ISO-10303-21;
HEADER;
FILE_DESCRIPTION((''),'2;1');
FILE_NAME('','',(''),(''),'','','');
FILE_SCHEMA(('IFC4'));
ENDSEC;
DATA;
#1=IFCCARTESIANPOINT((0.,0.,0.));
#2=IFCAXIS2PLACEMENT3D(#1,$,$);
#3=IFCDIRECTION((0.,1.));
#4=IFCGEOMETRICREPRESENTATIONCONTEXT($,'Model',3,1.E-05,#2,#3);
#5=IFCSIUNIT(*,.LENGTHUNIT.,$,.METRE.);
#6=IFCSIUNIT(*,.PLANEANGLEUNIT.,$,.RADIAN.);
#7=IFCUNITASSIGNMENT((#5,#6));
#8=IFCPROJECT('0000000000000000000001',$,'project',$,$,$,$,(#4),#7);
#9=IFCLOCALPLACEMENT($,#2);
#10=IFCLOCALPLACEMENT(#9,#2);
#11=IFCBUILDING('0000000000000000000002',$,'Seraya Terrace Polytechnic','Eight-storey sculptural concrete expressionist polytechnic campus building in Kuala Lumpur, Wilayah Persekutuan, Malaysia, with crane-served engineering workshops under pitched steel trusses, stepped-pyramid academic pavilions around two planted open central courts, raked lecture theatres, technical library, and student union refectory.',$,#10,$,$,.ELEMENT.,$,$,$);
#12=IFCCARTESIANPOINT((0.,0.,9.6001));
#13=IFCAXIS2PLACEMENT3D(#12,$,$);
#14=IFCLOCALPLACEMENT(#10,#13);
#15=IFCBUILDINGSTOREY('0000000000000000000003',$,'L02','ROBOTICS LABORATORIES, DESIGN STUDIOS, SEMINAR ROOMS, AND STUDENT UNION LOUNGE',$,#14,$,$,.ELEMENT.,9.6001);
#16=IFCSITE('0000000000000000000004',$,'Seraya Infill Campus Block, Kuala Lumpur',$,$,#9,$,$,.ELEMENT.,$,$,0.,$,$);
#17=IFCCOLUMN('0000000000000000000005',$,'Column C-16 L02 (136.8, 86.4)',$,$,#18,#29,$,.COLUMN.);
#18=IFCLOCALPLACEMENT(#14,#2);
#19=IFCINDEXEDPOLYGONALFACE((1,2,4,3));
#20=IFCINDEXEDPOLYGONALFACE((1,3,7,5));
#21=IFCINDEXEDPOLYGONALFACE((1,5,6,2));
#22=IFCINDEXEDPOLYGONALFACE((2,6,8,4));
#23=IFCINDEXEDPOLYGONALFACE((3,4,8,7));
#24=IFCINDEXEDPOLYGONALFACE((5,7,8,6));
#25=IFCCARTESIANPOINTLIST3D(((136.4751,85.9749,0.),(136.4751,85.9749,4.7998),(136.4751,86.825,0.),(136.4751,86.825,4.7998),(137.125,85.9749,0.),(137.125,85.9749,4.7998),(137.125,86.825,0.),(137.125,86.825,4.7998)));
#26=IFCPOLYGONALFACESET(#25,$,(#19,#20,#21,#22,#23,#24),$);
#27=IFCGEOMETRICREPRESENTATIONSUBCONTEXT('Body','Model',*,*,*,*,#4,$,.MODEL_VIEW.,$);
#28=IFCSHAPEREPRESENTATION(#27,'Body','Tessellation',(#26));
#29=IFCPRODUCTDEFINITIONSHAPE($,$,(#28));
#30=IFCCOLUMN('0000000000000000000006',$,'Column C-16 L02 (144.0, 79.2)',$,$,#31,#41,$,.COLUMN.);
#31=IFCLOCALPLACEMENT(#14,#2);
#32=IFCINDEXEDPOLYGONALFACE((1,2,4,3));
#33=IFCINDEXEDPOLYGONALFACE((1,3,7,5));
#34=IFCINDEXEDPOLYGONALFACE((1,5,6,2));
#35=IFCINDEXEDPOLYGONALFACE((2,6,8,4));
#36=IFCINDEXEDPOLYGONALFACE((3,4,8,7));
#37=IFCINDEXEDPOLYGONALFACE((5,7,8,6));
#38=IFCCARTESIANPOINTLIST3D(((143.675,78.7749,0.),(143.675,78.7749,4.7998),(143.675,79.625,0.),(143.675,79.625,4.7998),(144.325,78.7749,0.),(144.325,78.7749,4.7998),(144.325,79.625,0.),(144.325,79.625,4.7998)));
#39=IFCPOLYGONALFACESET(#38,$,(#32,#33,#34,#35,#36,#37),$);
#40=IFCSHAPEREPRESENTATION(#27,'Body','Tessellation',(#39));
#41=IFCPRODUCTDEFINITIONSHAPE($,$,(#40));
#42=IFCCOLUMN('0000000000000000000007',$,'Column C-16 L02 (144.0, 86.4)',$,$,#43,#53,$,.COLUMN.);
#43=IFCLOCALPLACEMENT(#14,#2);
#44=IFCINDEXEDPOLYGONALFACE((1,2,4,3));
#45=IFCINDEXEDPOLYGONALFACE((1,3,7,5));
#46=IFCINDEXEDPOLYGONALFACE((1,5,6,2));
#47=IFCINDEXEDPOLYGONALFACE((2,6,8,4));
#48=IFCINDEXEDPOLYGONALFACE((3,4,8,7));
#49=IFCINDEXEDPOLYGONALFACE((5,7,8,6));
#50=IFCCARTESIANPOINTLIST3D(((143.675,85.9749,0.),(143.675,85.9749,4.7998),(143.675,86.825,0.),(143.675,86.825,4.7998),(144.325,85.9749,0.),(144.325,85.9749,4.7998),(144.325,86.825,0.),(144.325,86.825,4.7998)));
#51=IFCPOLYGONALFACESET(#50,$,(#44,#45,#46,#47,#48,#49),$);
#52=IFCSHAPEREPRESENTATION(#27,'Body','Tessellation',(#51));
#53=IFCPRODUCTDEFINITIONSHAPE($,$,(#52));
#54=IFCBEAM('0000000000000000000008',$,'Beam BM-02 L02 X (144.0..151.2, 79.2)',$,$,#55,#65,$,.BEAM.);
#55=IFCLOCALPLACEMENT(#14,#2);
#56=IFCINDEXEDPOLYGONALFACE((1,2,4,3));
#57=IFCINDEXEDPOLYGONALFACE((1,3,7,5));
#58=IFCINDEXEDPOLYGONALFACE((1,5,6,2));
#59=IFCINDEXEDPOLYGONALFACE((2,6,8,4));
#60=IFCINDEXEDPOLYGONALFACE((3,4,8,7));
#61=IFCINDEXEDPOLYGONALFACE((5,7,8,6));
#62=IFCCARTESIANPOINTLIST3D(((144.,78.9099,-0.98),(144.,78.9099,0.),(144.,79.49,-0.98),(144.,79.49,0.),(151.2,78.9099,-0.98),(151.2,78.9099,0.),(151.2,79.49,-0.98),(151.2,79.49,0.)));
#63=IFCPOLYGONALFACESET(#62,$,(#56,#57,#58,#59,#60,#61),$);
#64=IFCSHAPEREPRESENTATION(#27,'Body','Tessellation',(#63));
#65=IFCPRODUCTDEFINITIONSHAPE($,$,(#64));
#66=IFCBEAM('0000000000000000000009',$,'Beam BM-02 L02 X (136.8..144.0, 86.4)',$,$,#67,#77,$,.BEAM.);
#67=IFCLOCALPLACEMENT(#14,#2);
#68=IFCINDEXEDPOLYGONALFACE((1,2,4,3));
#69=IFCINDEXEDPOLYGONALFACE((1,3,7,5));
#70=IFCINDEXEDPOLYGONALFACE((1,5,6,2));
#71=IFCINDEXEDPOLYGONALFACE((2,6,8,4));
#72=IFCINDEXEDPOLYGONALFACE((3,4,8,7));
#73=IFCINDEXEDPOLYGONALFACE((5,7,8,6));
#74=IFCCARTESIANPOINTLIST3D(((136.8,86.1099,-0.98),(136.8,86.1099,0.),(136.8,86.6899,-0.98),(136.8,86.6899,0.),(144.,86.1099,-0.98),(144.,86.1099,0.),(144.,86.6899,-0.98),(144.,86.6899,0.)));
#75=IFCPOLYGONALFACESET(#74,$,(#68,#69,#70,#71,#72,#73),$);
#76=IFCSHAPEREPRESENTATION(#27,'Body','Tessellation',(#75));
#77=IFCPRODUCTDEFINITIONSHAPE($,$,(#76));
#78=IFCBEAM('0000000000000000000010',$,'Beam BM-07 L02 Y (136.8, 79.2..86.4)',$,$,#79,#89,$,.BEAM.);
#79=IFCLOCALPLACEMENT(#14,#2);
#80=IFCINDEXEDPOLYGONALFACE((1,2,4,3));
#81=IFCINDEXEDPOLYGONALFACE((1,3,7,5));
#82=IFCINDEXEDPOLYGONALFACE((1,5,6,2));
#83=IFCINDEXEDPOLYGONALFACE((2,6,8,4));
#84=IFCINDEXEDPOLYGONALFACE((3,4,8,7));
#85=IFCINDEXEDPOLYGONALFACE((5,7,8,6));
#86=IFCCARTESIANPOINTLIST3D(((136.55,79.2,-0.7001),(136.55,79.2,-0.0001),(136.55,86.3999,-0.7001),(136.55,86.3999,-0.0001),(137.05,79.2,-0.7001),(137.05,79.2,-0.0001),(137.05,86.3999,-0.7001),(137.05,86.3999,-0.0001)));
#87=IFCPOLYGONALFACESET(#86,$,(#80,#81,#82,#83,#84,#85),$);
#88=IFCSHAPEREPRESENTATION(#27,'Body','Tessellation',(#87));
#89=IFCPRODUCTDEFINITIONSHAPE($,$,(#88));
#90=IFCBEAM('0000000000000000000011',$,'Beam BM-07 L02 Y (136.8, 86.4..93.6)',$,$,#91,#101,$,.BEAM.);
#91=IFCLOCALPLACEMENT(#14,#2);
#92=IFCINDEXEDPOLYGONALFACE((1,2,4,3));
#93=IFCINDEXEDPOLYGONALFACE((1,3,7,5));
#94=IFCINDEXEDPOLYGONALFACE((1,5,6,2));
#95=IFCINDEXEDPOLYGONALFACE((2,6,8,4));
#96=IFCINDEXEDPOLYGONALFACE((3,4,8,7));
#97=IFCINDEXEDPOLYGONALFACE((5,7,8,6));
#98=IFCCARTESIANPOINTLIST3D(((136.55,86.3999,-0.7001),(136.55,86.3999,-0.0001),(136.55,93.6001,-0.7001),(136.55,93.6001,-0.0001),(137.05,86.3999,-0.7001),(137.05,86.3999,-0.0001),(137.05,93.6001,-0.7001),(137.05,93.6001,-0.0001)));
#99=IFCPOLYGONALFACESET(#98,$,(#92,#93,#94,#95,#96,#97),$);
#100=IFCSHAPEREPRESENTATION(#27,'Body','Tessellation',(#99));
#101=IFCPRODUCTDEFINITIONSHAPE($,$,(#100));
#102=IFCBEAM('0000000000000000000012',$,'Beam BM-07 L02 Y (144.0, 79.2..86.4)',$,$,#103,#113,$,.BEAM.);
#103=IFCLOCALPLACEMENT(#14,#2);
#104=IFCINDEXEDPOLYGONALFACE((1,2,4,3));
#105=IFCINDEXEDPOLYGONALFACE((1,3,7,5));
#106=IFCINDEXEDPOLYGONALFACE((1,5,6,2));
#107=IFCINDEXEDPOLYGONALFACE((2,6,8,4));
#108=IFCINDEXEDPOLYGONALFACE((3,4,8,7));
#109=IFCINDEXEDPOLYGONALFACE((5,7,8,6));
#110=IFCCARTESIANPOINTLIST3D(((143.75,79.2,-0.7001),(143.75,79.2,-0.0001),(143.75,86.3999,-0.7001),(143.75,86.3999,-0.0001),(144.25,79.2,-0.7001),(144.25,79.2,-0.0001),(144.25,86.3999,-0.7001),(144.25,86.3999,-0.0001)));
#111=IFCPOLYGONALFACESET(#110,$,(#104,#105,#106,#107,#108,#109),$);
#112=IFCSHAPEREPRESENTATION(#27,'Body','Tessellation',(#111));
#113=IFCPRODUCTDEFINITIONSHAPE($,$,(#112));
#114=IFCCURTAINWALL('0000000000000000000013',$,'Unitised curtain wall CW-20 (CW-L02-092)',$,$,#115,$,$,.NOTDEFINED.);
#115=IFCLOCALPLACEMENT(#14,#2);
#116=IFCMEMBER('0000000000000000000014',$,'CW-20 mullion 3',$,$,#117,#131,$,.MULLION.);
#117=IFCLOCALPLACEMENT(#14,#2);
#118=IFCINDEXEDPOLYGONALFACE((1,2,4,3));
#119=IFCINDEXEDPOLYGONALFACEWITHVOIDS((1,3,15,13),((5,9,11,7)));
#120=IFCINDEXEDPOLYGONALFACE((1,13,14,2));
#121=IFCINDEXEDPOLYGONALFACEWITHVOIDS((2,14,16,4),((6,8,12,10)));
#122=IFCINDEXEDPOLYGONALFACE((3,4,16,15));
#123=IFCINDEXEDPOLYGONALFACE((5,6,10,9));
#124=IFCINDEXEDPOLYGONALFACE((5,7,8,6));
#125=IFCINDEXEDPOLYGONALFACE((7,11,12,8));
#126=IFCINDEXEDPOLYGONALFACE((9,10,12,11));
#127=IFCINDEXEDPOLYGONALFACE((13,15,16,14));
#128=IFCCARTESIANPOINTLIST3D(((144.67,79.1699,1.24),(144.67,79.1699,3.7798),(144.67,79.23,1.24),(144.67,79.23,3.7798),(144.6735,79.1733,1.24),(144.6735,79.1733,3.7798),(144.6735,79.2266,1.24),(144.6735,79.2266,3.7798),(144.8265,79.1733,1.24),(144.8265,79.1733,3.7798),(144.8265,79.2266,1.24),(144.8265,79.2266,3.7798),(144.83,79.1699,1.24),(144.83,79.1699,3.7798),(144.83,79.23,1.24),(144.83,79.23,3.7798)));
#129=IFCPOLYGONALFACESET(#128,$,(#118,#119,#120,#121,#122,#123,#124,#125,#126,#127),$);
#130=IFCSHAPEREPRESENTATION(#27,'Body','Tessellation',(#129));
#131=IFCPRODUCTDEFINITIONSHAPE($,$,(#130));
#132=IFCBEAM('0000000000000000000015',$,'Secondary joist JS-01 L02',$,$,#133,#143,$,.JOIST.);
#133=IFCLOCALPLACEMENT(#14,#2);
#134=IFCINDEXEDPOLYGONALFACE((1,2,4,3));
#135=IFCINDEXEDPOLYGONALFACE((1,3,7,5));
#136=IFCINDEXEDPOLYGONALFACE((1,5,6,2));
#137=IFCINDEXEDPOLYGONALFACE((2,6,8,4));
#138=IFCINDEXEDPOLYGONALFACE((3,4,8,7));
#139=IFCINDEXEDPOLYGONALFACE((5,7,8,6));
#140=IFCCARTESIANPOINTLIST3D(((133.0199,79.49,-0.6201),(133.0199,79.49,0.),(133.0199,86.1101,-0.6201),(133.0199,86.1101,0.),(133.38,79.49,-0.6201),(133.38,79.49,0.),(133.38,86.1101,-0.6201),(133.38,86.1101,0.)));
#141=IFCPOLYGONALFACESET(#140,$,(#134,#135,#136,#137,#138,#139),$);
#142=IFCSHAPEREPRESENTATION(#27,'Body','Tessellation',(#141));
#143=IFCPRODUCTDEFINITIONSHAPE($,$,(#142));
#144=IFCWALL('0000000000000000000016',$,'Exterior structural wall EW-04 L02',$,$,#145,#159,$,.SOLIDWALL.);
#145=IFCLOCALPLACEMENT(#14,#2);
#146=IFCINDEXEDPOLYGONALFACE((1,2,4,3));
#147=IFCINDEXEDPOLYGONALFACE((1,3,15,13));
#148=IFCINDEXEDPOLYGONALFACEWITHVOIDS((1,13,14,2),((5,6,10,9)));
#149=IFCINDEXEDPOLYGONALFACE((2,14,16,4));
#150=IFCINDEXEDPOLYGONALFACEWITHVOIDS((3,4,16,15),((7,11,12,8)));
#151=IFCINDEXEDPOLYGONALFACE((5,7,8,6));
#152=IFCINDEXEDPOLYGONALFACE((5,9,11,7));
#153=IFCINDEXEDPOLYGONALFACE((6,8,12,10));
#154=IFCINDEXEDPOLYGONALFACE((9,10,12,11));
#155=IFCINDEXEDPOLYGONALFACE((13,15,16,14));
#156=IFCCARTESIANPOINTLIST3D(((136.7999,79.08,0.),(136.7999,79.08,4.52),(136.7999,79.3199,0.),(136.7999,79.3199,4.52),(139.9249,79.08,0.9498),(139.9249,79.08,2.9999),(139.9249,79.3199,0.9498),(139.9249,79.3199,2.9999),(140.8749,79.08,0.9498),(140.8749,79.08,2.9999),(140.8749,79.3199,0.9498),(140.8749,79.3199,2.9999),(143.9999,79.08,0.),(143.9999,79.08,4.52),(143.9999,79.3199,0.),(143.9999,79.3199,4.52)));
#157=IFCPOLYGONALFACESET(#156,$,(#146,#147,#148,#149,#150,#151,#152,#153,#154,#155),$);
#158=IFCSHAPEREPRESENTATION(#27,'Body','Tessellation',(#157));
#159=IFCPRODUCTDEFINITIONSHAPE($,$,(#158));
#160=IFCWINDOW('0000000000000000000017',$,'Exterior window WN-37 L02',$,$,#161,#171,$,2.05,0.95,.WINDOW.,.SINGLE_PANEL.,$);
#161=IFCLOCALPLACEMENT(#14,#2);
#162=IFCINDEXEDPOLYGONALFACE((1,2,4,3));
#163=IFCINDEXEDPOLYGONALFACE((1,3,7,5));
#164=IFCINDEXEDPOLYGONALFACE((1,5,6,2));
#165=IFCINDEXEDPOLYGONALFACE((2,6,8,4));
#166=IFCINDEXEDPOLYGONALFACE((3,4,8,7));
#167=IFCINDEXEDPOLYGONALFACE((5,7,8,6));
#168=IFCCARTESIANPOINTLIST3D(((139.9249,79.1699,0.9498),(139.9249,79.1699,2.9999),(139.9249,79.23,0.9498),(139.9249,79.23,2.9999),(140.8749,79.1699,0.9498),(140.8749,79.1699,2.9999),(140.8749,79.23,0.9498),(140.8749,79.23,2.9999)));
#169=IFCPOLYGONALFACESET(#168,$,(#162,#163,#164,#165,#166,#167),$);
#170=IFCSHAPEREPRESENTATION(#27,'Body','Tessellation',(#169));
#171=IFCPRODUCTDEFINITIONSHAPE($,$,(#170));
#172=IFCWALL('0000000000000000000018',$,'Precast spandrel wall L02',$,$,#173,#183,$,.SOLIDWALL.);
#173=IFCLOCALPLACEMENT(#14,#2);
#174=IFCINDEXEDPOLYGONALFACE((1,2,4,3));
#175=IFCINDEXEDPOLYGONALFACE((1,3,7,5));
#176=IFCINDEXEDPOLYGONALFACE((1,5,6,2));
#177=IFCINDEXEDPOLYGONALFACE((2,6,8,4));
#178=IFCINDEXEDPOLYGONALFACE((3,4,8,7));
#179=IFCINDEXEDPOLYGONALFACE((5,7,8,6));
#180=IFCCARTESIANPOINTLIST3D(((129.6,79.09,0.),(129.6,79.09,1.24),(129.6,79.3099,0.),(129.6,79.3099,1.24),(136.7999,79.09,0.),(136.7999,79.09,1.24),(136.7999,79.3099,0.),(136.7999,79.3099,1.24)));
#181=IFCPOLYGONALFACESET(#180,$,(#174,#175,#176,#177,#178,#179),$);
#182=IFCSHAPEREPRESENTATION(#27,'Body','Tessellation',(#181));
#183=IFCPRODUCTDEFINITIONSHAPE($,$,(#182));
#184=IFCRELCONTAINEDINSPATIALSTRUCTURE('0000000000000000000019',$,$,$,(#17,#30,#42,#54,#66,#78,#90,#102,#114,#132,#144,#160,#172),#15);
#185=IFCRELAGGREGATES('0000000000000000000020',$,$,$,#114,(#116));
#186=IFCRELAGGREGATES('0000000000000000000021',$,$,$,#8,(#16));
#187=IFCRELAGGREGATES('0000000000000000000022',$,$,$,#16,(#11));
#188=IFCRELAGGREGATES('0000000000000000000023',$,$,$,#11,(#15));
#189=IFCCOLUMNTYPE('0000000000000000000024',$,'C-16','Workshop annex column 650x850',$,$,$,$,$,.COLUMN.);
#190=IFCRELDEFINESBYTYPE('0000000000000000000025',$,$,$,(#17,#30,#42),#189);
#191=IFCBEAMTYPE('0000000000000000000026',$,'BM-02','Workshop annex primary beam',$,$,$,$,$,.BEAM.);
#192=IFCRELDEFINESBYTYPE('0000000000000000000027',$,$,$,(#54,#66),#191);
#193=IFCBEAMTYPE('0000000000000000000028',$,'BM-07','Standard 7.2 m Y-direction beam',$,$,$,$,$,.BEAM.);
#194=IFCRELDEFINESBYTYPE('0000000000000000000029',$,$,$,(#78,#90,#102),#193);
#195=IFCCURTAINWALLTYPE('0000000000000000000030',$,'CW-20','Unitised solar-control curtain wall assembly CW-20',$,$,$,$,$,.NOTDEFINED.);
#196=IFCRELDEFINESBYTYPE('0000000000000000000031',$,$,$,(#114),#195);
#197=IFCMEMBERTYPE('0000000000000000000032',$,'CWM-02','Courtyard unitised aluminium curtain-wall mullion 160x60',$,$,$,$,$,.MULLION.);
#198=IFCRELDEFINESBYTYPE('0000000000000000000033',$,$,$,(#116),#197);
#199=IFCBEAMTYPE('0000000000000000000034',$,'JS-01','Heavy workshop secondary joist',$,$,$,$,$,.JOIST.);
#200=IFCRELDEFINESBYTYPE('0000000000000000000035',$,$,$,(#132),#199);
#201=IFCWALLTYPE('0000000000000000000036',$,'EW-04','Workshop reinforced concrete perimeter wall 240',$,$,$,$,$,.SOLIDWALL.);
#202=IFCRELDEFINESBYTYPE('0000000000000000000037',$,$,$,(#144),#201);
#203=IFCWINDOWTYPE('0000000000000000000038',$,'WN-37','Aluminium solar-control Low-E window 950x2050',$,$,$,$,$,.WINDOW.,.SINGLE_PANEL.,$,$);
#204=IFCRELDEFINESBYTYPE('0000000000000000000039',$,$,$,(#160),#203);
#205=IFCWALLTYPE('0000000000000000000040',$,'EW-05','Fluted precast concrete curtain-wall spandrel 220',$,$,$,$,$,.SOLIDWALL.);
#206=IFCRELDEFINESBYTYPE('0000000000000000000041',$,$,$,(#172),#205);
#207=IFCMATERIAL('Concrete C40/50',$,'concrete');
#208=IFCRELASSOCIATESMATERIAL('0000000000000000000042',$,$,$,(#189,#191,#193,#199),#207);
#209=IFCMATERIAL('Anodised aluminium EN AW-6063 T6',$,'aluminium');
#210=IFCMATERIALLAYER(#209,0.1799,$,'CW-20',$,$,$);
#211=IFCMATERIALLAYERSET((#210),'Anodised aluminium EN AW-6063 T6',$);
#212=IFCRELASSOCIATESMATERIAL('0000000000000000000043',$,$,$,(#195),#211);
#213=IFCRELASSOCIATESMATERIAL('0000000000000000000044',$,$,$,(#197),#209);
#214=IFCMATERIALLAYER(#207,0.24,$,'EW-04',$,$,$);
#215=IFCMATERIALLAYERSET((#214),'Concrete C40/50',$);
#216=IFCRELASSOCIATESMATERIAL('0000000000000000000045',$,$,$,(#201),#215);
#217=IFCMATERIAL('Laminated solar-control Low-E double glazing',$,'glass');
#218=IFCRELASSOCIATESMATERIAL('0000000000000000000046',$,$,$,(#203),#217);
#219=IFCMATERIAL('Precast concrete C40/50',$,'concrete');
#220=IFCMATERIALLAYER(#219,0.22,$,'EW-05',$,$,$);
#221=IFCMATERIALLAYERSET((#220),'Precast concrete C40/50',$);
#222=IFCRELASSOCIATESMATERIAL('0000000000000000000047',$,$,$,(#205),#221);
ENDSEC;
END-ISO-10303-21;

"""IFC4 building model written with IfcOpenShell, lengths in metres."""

from ifc_helpers import new_model, si_unit, direction, frame, frame_2d, origin, origin_2d, place, context, subcontext, project, spatial, rectangle, hollow_rectangle, extrude, material, layer, layer_set, material_profile, profile_set, type_object, element, fill, aggregate, save


model = new_model("IFC4")

# Units and contexts
model_context = context("Model", 3, precision=1e-05, world=origin(), true_north=direction((0.0, 1.0)))
body_context = subcontext(model_context, "Body", "Model", "MODEL_VIEW")
ifc_project = project(units=[si_unit("LENGTHUNIT", "METRE"), si_unit("PLANEANGLEUNIT", "RADIAN")], contexts=[model_context])

# Site, building, storey
site_placement = place(None, origin())
site = spatial("IfcSite", under=ifc_project, at=site_placement, Name="Seraya Infill Campus Block, Kuala Lumpur", CompositionType="ELEMENT", RefElevation=0.0)
building_placement = place(site_placement, origin())
building = spatial("IfcBuilding", under=site, at=building_placement, Name="Seraya Terrace Polytechnic", Description="Eight-storey sculptural concrete expressionist polytechnic campus building in Kuala Lumpur, Wilayah Persekutuan, Malaysia, with crane-served engineering workshops under pitched steel trusses, stepped-pyramid academic pavilions around two planted open central courts, raked lecture theatres, technical library, and student union refectory.", CompositionType="ELEMENT")
storey_placement = place(building_placement, frame((0.0, 0.0, 9.6001)))
storey = spatial("IfcBuildingStorey", under=building, at=storey_placement, Name="L02", Description="ROBOTICS LABORATORIES, DESIGN STUDIOS, SEMINAR ROOMS, AND STUDENT UNION LOUNGE", CompositionType="ELEMENT", Elevation=9.6001)

# Columns
ifc_material_1 = material(Name="Concrete C40/50", Category="concrete")
ifc_material_profile_1 = material_profile(ifc_material_1, rectangle(XDim=0.6499, YDim=0.8501, at=origin_2d()), Name="RC 650x850")
ifc_profile_set_1 = profile_set([ifc_material_profile_1], Name="Concrete C40/50")
column_type = type_object("IfcColumnType", Name="C-16", Description="Workshop annex column 650x850", PredefinedType="COLUMN", material=ifc_profile_set_1)
for number, where, z_axis, x_axis, name in (
    (1, (136.8, 86.3999, 0.0), (0.0, 0.0, 1.0), (1.0, 0.0, 0.0), "Column C-16 L02 (136.8, 86.4)"),
    (2, (144.0, 79.2, 0.0), (0.0, 0.0, 1.0), (1.0, 0.0, 0.0), "Column C-16 L02 (144.0, 79.2)"),
    (3, (144.0, 86.3999, 0.0), (0.0, 0.0, 1.0), (1.0, 0.0, 0.0), "Column C-16 L02 (144.0, 86.4)"),
):
    element("IfcColumn", number, at=place(storey_placement, frame(where, z_axis=z_axis, x_axis=x_axis)), inside=storey, type_object=column_type, Name=name, PredefinedType="COLUMN", context=body_context, shape_type="SweptSolid", body=[
        extrude(rectangle(XDim=0.6499, YDim=0.8501, at=origin_2d()), origin(), (0.0, 0.0, 1.0), 4.7998),
    ])

# Beams
ifc_material_profile_2 = material_profile(ifc_material_1, rectangle(XDim=0.5801, YDim=0.98, at=origin_2d()), Name="RC 580x980")
ifc_profile_set_2 = profile_set([ifc_material_profile_2], Name="Concrete C40/50")
beam_type_1 = type_object("IfcBeamType", Name="BM-02", Description="Workshop annex primary beam", PredefinedType="BEAM", material=ifc_profile_set_2)
for number, where, z_axis, x_axis, name in (
    (4, (144.0, 79.2, -0.49), (1.0, 0.0, 0.0), (0.0, 1.0, 0.0), "Beam BM-02 L02 X (144.0..151.2, 79.2)"),
    (5, (136.8, 86.3999, -0.49), (1.0, 0.0, 0.0), (0.0, 1.0, 0.0), "Beam BM-02 L02 X (136.8..144.0, 86.4)"),
):
    element("IfcBeam", number, at=place(storey_placement, frame(where, z_axis=z_axis, x_axis=x_axis)), inside=storey, type_object=beam_type_1, Name=name, PredefinedType="BEAM", context=body_context, shape_type="SweptSolid", body=[
        extrude(rectangle(XDim=0.5801, YDim=0.98, at=origin_2d()), origin(), (0.0, 0.0, 1.0), 7.2),
    ])
ifc_material_profile_3 = material_profile(ifc_material_1, rectangle(XDim=0.5, YDim=0.7, at=origin_2d()), Name="RC 500x700")
ifc_profile_set_3 = profile_set([ifc_material_profile_3], Name="Concrete C40/50")
beam_type_2 = type_object("IfcBeamType", Name="BM-07", Description="Standard 7.2 m Y-direction beam", PredefinedType="BEAM", material=ifc_profile_set_3)
beam_1_placement = place(storey_placement, frame((136.8, 79.2, -0.3501), z_axis=(0.0, 1.0, 0.0), x_axis=(-1.0, 0.0, 0.0)))
element("IfcBeam", 6, at=beam_1_placement, inside=storey, type_object=beam_type_2, Name="Beam BM-07 L02 Y (136.8, 79.2..86.4)", PredefinedType="BEAM", context=body_context, shape_type="SweptSolid", body=[
    extrude(rectangle(XDim=0.5, YDim=0.7, at=origin_2d()), origin(), (0.0, 0.0, 1.0), 7.2),
])
beam_2_placement = place(storey_placement, frame((136.8, 86.3999, -0.3501), z_axis=(0.0, 1.0, 0.0), x_axis=(-1.0, 0.0, 0.0)))
element("IfcBeam", 7, at=beam_2_placement, inside=storey, type_object=beam_type_2, Name="Beam BM-07 L02 Y (136.8, 86.4..93.6)", PredefinedType="BEAM", context=body_context, shape_type="SweptSolid", body=[
    extrude(rectangle(XDim=0.5, YDim=0.7, at=origin_2d()), origin(), (0.0, 0.0, 1.0), 7.2002),
])
beam_3_placement = place(storey_placement, frame((144.0, 79.2, -0.3501), z_axis=(0.0, 1.0, 0.0), x_axis=(-1.0, 0.0, 0.0)))
element("IfcBeam", 8, at=beam_3_placement, inside=storey, type_object=beam_type_2, Name="Beam BM-07 L02 Y (144.0, 79.2..86.4)", PredefinedType="BEAM", context=body_context, shape_type="SweptSolid", body=[
    extrude(rectangle(XDim=0.5, YDim=0.7, at=origin_2d()), origin(), (0.0, 0.0, 1.0), 7.2),
])

# Curtain wall, member
ifc_material_2 = material(Name="Anodised aluminium EN AW-6063 T6", Category="aluminium")
ifc_layer_1 = layer(ifc_material_2, 0.1799, Name="CW-20")
ifc_layer_set_1 = layer_set([ifc_layer_1], Name="Anodised aluminium EN AW-6063 T6")
curtain_wall_type = type_object("IfcCurtainWallType", Name="CW-20", Description="Unitised solar-control curtain wall assembly CW-20", PredefinedType="NOTDEFINED", material=ifc_layer_set_1)
curtain_wall_placement = place(storey_placement, origin())
curtain_wall = element("IfcCurtainWall", 9, at=curtain_wall_placement, inside=storey, type_object=curtain_wall_type, Name="Unitised curtain wall CW-20 (CW-L02-092)", PredefinedType="NOTDEFINED")
ifc_material_profile_4 = material_profile(ifc_material_2, hollow_rectangle(XDim=0.0601, YDim=0.1599, WallThickness=0.0034, at=origin_2d()), Name="RHS 160x60x3.5")
ifc_profile_set_4 = profile_set([ifc_material_profile_4], Name="Anodised aluminium EN AW-6063 T6")
member_type = type_object("IfcMemberType", Name="CWM-02", Description="Courtyard unitised aluminium curtain-wall mullion 160x60", PredefinedType="MULLION", material=ifc_profile_set_4)
member_placement = place(storey_placement, frame((144.75, 79.2, 1.24), z_axis=(0.0, 0.0, 1.0), x_axis=(0.0, -1.0, 0.0)))
member = element("IfcMember", 10, at=member_placement, type_object=member_type, Name="CW-20 mullion 3", PredefinedType="MULLION", context=body_context, shape_type="SweptSolid", body=[
    extrude(hollow_rectangle(XDim=0.0601, YDim=0.1599, WallThickness=0.0034, at=origin_2d()), origin(), (0.0, 0.0, 1.0), 2.5398),
])
aggregate(curtain_wall, [member])

# Beam
ifc_material_profile_5 = material_profile(ifc_material_1, rectangle(XDim=0.3601, YDim=0.6201, at=origin_2d()), Name="RC 360x620")
ifc_profile_set_5 = profile_set([ifc_material_profile_5], Name="Concrete C40/50")
beam_type_3 = type_object("IfcBeamType", Name="JS-01", Description="Heavy workshop secondary joist", PredefinedType="JOIST", material=ifc_profile_set_5)
beam_4_placement = place(storey_placement, frame((133.2, 79.49, -0.3101), z_axis=(0.0, 1.0, 0.0), x_axis=(-1.0, 0.0, 0.0)))
element("IfcBeam", 11, at=beam_4_placement, inside=storey, type_object=beam_type_3, Name="Secondary joist JS-01 L02", PredefinedType="JOIST", context=body_context, shape_type="SweptSolid", body=[
    extrude(rectangle(XDim=0.3601, YDim=0.6201, at=origin_2d()), origin(), (0.0, 0.0, 1.0), 6.6201),
])

# Wall, opening, window
ifc_layer_2 = layer(ifc_material_1, 0.24, Name="EW-04")
ifc_layer_set_2 = layer_set([ifc_layer_2], Name="Concrete C40/50")
wall_type_1 = type_object("IfcWallType", Name="EW-04", Description="Workshop reinforced concrete perimeter wall 240", PredefinedType="SOLIDWALL", material=ifc_layer_set_2)
wall_1_placement = place(storey_placement, frame((144.0, 79.2, 0.0), z_axis=(0.0, 0.0, 1.0), x_axis=(-1.0, 0.0, 0.0)))
wall_1 = element("IfcWall", 12, at=wall_1_placement, inside=storey, type_object=wall_type_1, Name="Exterior structural wall EW-04 L02", PredefinedType="SOLIDWALL", context=body_context, shape_type="SweptSolid", body=[
    extrude(rectangle(XDim=7.2, YDim=0.24, at=frame_2d((3.6001, 0.0))), origin(), (0.0, 0.0, 1.0), 4.52),
])
opening_1_placement = place(wall_1_placement, frame((3.125, 0.0, 0.95)))
opening_1 = element("IfcOpeningElement", 13, at=opening_1_placement, cuts=wall_1, PredefinedType="OPENING", context=body_context, shape_type="SweptSolid", body=[
    extrude(rectangle(XDim=0.95, YDim=2.05, at=frame_2d((0.4751, 1.0249))), frame((0.0, 0.1318, 0.0), z_axis=(0.0, -1.0, 0.0), x_axis=(1.0, 0.0, 0.0)), (0.0, 0.0, 1.0), 0.2639),
])
ifc_material_3 = material(Name="Laminated solar-control Low-E double glazing", Category="glass")
window_type = type_object("IfcWindowType", Name="WN-37", Description="Aluminium solar-control Low-E window 950x2050", PartitioningType="SINGLE_PANEL", PredefinedType="WINDOW", material=ifc_material_3)
window_placement = place(opening_1_placement, origin())
window = element("IfcWindow", 14, at=window_placement, inside=storey, type_object=window_type, Name="Exterior window WN-37 L02", OverallHeight=2.05, OverallWidth=0.95, PartitioningType="SINGLE_PANEL", PredefinedType="WINDOW", context=body_context, shape_type="SweptSolid", body=[
    extrude(rectangle(XDim=0.95, YDim=2.05, at=frame_2d((0.4751, 1.0249))), frame((0.0, 0.03, 0.0), z_axis=(0.0, -1.0, 0.0), x_axis=(1.0, 0.0, 0.0)), (0.0, 0.0, 1.0), 0.0601),
])
fill(opening_1, window)

# Wall
ifc_material_4 = material(Name="Precast concrete C40/50", Category="concrete")
ifc_layer_3 = layer(ifc_material_4, 0.22, Name="EW-05")
ifc_layer_set_3 = layer_set([ifc_layer_3], Name="Precast concrete C40/50")
wall_type_2 = type_object("IfcWallType", Name="EW-05", Description="Fluted precast concrete curtain-wall spandrel 220", PredefinedType="SOLIDWALL", material=ifc_layer_set_3)
wall_2_placement = place(storey_placement, frame((136.8, 79.2, 0.0), z_axis=(0.0, 0.0, 1.0), x_axis=(-1.0, 0.0, 0.0)))
element("IfcWall", 15, at=wall_2_placement, inside=storey, type_object=wall_type_2, Name="Precast spandrel wall L02", PredefinedType="SOLIDWALL", context=body_context, shape_type="SweptSolid", body=[
    extrude(rectangle(XDim=7.2, YDim=0.22, at=frame_2d((3.6001, 0.0))), origin(), (0.0, 0.0, 1.0), 1.24),
])

save(model, "model.ifc")
